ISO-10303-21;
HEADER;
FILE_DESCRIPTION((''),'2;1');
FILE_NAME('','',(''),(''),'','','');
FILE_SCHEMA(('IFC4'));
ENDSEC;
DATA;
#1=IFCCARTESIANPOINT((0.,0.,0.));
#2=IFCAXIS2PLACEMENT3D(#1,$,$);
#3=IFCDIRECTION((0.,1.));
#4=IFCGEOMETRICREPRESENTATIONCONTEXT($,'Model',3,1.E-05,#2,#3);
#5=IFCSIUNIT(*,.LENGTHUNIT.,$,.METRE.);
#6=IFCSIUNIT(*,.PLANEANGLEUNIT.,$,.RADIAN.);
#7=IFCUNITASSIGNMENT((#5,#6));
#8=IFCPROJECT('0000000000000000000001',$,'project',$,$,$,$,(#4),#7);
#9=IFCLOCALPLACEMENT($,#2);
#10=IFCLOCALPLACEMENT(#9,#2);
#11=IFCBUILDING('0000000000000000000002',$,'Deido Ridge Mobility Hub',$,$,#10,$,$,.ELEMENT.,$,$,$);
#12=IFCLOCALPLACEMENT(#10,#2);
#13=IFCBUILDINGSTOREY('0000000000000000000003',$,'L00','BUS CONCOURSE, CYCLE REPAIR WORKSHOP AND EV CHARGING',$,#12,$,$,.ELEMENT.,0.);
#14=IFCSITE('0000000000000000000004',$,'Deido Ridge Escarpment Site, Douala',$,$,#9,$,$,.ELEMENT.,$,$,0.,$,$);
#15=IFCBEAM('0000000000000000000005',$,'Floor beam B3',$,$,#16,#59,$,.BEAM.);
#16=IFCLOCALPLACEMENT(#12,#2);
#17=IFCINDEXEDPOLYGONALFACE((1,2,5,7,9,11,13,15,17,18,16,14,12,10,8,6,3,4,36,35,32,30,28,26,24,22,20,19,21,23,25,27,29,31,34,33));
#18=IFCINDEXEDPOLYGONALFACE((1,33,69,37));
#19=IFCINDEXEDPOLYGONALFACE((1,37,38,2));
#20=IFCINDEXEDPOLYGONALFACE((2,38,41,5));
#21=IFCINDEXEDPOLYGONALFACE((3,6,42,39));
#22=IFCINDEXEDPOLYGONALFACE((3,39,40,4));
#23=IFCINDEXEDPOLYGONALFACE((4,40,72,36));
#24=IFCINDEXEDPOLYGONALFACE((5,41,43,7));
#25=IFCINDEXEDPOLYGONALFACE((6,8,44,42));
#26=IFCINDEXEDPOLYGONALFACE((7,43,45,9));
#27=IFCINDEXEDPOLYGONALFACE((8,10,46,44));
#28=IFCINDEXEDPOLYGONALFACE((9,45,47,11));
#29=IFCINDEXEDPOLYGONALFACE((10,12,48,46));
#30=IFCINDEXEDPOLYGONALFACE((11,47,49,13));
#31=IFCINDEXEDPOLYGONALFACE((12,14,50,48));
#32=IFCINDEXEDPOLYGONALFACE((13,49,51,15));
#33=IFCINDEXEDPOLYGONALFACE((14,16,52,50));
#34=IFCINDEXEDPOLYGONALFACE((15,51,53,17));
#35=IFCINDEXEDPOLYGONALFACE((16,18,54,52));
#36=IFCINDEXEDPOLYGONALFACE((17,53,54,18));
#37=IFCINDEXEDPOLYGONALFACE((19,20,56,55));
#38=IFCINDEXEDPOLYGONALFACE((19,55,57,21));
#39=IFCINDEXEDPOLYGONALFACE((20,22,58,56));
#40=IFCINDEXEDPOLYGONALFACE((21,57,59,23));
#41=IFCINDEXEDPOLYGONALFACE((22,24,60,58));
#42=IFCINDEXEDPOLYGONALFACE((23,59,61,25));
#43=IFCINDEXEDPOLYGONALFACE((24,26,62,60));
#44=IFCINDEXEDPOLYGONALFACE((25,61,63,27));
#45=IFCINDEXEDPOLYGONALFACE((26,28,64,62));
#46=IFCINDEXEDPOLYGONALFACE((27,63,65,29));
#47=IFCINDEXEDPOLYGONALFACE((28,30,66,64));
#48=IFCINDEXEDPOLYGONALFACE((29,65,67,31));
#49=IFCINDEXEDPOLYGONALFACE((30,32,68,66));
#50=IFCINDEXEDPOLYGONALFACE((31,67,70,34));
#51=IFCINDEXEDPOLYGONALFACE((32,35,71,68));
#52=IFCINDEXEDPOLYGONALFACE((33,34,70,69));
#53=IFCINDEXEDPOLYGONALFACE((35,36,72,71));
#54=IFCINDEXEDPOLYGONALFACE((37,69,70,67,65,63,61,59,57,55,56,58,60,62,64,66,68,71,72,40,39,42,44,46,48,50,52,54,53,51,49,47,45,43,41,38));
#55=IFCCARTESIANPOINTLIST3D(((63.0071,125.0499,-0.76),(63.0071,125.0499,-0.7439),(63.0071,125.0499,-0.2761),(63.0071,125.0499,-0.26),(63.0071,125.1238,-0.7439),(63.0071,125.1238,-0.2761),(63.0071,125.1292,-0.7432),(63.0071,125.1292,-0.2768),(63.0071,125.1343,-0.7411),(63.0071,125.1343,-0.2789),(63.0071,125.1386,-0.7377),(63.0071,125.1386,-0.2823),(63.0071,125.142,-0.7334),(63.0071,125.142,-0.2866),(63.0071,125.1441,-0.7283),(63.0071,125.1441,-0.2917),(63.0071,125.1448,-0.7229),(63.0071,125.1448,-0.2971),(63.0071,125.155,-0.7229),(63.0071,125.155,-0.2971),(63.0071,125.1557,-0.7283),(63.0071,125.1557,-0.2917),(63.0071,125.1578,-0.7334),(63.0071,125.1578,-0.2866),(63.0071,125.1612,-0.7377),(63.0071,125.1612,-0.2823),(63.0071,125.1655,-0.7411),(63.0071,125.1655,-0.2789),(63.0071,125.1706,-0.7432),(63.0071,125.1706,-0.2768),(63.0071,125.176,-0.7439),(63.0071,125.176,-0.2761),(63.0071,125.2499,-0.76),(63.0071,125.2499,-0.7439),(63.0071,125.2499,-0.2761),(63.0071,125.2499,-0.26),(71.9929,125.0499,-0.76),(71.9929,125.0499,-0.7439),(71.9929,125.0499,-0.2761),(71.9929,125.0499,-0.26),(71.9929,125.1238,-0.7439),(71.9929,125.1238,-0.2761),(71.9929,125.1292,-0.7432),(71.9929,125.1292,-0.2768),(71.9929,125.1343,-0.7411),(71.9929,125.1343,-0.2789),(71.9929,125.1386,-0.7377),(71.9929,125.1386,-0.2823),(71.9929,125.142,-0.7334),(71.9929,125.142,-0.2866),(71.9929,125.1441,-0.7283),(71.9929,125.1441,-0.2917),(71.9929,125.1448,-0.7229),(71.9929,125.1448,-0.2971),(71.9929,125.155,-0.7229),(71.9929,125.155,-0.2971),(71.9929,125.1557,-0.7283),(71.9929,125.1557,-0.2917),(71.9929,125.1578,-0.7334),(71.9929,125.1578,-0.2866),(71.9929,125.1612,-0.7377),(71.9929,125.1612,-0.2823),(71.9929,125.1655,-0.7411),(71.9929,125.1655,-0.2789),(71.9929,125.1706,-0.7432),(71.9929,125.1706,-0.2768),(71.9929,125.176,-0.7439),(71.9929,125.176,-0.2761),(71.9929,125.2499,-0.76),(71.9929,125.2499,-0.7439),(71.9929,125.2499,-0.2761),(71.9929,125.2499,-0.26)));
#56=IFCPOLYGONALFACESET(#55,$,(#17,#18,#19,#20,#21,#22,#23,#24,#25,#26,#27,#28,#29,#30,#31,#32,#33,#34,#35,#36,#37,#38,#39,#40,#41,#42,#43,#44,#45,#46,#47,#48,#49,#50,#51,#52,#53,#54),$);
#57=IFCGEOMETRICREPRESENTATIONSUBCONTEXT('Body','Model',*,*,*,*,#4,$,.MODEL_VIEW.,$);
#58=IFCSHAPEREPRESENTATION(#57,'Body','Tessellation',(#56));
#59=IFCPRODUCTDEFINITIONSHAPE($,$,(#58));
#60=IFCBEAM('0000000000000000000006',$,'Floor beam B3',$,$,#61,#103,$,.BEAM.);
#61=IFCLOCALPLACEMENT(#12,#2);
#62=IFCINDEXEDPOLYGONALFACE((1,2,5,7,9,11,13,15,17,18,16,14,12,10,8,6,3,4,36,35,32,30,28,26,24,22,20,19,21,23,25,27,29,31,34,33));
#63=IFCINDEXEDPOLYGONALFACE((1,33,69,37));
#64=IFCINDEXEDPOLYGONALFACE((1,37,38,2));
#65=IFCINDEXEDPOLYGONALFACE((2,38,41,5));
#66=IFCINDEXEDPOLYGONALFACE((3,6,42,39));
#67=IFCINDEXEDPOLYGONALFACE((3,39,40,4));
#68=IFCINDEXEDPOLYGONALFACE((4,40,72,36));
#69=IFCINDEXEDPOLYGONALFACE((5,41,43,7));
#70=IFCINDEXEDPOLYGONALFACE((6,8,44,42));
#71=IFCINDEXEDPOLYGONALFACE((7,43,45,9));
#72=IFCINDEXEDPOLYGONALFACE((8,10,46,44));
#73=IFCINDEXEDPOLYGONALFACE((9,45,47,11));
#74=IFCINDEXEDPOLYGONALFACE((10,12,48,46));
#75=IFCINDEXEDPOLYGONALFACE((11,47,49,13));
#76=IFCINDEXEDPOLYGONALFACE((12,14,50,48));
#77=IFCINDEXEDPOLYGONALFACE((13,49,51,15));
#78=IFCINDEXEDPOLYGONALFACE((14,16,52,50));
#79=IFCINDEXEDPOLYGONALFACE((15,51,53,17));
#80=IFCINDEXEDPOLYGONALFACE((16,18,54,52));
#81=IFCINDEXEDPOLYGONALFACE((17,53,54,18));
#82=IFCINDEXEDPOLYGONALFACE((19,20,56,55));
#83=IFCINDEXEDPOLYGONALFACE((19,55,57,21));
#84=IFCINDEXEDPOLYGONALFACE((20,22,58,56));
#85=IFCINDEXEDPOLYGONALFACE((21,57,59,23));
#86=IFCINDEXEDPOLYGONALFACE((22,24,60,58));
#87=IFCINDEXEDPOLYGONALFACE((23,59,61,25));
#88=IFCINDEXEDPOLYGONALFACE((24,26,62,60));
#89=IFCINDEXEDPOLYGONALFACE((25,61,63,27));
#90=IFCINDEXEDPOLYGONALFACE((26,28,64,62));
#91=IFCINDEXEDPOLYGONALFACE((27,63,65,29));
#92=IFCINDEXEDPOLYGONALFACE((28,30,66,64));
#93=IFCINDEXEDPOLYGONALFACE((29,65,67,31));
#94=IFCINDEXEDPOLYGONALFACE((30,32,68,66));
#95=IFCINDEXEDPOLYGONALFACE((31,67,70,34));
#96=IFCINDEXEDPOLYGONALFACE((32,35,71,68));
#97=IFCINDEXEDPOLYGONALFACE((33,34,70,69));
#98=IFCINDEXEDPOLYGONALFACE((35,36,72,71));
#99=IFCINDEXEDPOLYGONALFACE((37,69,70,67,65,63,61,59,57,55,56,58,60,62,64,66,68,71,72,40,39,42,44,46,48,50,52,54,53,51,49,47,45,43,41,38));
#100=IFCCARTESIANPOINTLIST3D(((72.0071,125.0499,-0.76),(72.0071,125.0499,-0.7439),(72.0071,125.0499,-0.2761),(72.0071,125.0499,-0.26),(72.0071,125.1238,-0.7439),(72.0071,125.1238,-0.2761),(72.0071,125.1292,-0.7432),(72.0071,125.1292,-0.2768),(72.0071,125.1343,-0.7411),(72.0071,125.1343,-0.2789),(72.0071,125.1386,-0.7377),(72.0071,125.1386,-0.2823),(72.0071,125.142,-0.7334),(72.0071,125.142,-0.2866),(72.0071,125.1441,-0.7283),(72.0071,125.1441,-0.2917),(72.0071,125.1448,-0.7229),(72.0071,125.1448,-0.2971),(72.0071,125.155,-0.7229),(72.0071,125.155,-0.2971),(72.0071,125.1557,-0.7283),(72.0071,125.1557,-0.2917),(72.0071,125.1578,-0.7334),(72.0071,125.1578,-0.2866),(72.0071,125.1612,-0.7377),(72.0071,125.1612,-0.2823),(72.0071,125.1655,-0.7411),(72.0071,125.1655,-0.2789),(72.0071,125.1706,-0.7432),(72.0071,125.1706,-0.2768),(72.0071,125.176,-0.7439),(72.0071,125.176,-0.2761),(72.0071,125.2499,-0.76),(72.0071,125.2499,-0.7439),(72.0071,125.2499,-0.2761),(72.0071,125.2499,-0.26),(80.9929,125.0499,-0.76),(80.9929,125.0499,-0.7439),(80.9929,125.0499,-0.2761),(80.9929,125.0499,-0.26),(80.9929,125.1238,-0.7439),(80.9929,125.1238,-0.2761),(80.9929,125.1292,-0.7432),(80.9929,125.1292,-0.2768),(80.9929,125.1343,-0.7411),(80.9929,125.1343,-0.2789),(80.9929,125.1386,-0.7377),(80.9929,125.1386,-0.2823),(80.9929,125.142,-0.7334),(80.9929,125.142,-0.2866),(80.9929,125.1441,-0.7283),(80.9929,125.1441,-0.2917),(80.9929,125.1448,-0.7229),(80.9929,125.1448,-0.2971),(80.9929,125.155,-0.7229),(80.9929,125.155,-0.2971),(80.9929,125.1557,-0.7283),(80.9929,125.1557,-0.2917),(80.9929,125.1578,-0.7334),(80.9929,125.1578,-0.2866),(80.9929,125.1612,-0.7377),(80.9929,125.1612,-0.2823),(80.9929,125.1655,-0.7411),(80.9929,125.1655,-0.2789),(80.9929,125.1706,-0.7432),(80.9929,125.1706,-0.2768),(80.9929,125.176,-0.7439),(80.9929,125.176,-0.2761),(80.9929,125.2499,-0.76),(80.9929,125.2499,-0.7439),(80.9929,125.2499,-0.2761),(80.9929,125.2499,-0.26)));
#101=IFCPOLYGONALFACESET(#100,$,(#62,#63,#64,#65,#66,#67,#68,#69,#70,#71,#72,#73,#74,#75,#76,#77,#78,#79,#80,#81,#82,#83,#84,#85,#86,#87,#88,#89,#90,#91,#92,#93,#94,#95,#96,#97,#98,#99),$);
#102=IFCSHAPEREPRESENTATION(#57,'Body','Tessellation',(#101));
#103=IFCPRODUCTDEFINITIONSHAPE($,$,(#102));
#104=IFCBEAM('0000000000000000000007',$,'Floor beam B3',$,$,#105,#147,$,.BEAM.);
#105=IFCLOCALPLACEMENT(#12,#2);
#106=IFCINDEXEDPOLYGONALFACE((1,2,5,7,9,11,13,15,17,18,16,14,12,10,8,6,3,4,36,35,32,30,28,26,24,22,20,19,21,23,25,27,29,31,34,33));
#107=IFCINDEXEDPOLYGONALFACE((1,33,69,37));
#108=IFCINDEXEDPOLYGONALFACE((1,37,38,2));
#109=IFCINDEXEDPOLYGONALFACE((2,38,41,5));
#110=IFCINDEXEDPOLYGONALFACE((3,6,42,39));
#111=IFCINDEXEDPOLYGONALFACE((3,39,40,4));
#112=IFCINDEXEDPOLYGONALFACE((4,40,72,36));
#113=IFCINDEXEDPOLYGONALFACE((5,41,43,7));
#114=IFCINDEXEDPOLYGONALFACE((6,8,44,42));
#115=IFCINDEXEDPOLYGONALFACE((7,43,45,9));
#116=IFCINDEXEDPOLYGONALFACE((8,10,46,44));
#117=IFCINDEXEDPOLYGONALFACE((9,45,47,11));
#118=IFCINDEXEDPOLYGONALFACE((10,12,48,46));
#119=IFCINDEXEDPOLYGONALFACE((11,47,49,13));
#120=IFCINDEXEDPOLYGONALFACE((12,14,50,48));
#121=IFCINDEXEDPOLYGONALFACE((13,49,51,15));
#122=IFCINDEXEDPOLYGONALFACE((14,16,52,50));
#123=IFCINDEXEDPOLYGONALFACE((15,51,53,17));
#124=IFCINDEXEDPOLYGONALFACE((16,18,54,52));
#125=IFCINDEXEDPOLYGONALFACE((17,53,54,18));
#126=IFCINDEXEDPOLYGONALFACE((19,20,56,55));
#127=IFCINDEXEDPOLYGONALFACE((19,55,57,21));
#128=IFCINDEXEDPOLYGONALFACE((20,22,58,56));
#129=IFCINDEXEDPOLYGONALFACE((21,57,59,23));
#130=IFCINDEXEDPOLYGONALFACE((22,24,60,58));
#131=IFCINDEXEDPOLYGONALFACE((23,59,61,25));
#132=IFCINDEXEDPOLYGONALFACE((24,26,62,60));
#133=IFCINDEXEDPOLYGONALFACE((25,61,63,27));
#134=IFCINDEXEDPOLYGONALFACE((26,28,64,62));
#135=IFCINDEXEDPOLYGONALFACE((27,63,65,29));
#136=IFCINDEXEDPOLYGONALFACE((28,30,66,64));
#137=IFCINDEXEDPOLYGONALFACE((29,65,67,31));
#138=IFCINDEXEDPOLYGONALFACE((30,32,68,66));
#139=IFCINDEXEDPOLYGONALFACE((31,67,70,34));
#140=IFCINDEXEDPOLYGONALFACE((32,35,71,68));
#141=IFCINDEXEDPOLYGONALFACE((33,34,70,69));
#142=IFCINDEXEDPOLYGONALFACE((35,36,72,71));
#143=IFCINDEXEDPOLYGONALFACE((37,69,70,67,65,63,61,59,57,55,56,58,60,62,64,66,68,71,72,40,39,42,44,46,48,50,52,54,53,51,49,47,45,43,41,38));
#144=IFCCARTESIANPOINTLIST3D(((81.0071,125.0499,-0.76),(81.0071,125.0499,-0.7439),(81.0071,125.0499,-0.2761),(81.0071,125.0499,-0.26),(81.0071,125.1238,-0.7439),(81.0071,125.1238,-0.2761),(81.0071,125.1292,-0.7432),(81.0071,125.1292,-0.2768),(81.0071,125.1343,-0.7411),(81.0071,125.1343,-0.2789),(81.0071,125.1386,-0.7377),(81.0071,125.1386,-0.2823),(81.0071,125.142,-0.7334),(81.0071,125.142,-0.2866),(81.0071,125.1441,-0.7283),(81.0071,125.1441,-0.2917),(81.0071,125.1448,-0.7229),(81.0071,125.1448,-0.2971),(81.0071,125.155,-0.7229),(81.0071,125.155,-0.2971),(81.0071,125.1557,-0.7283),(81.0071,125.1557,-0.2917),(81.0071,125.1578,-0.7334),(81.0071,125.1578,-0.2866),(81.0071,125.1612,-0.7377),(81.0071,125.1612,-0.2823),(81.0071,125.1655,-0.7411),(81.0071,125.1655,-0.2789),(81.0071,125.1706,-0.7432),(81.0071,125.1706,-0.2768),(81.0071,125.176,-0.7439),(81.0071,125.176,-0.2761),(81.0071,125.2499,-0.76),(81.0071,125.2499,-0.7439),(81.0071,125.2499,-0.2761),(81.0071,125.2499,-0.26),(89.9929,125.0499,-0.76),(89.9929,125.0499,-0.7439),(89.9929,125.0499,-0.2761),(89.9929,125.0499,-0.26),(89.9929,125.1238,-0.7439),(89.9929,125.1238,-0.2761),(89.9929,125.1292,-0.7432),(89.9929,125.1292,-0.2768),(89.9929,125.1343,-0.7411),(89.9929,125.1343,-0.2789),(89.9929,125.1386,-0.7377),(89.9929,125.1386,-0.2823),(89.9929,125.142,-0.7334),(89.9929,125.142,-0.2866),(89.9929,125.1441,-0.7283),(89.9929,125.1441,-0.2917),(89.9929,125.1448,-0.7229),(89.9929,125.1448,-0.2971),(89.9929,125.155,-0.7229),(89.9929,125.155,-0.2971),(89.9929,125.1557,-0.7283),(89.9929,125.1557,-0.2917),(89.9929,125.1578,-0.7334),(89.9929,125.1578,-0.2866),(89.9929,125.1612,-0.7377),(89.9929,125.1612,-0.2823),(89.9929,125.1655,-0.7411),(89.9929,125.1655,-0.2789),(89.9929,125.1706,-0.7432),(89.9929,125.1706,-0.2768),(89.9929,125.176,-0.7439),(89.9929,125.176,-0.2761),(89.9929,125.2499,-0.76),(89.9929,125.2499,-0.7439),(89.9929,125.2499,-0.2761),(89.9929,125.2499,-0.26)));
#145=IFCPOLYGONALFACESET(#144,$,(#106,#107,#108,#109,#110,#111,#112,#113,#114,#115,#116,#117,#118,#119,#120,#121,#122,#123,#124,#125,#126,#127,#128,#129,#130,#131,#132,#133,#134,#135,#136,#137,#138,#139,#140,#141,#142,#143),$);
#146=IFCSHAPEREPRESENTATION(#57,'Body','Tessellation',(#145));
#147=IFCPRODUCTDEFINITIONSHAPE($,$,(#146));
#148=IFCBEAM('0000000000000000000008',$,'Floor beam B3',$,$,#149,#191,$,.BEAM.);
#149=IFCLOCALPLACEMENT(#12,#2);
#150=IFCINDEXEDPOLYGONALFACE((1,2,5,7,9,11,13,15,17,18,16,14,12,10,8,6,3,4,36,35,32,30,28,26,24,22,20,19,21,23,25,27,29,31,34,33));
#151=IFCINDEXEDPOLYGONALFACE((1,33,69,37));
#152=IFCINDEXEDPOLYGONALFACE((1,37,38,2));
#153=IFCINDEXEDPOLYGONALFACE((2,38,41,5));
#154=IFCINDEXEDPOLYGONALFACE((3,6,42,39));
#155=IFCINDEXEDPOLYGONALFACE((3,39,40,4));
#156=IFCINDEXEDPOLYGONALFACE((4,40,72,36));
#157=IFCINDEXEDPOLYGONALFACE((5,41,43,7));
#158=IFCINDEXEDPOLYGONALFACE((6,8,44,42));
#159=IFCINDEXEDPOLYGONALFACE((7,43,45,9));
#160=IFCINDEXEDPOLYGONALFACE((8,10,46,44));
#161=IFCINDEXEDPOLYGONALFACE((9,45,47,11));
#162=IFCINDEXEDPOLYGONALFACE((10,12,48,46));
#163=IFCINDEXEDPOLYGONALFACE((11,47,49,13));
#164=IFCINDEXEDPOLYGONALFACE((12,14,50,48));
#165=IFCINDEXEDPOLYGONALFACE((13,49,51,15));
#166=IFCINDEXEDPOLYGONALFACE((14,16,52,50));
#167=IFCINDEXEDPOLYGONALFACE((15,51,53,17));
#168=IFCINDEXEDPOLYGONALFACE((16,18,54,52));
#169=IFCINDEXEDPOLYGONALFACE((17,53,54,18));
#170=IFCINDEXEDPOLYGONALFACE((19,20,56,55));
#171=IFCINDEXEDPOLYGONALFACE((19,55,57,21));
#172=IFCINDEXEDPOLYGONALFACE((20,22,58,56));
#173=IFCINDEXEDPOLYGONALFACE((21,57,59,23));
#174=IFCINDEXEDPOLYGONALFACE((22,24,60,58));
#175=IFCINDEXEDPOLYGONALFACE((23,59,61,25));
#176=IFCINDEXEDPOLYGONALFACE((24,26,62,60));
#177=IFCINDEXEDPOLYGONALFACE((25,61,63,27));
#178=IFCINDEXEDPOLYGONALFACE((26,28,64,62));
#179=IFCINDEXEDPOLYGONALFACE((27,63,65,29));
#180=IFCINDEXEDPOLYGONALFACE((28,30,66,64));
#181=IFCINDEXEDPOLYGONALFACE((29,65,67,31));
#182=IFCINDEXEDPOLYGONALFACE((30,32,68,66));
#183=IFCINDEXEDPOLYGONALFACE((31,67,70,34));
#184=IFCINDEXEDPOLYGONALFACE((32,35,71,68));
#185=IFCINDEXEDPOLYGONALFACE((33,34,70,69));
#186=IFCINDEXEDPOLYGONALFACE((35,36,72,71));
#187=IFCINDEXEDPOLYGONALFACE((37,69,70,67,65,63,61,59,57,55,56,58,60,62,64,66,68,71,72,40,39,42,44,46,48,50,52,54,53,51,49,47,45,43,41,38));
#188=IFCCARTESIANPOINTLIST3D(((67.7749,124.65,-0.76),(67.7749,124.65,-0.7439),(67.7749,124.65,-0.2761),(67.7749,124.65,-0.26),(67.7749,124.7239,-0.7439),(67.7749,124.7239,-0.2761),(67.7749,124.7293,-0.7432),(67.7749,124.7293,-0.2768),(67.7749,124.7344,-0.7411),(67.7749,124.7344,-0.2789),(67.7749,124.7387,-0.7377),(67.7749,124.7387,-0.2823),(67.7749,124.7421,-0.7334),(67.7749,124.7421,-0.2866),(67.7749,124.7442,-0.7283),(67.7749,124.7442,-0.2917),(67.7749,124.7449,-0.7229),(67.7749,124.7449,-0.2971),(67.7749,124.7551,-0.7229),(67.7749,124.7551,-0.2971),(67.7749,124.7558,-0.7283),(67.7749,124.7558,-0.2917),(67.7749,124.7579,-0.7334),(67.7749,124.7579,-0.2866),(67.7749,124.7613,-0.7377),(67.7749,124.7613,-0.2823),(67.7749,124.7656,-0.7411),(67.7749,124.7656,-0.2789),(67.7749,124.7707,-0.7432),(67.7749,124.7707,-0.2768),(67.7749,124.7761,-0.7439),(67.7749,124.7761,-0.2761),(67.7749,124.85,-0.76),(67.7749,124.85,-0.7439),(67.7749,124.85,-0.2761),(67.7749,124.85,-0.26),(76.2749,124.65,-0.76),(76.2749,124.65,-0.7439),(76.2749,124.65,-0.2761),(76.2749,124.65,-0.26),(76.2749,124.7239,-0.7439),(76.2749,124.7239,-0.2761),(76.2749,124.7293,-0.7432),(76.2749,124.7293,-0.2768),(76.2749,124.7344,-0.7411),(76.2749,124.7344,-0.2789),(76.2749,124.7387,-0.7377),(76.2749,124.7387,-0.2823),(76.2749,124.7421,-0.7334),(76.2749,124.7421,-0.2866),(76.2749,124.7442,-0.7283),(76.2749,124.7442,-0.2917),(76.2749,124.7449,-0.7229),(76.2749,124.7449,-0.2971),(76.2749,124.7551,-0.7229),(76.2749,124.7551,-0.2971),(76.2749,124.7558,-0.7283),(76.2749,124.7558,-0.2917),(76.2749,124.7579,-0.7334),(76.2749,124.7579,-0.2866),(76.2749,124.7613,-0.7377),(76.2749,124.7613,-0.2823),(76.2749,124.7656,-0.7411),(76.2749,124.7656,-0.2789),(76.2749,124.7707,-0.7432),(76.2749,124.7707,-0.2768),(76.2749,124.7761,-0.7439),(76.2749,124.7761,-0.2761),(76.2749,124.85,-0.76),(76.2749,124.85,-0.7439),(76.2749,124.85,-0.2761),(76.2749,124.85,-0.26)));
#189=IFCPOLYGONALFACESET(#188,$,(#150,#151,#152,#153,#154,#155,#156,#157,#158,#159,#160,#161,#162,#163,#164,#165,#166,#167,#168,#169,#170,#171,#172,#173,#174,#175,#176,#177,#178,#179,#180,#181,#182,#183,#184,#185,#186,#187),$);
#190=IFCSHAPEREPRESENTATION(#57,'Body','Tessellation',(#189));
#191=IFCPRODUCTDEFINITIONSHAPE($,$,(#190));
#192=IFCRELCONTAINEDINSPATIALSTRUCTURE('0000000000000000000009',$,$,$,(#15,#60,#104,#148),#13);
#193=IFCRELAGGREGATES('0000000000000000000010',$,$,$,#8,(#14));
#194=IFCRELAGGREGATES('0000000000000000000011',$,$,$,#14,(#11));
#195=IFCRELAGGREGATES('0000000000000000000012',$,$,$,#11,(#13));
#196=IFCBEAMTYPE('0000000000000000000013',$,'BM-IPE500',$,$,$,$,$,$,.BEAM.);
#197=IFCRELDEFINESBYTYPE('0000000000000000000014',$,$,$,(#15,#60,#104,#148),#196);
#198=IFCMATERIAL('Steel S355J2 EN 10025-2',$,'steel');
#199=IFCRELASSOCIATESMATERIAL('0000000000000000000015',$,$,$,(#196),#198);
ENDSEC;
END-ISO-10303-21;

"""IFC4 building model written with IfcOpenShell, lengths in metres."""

from ifc_helpers import new_model, si_unit, direction, frame, origin, origin_2d, place, context, subcontext, project, spatial, i_section, extrude, material, material_profile, profile_set, type_object, element, save


model = new_model("IFC4")

# Units and contexts
model_context = context("Model", 3, precision=1e-05, world=origin(), true_north=direction((0.0, 1.0)))
body_context = subcontext(model_context, "Body", "Model", "MODEL_VIEW")
ifc_project = project(units=[si_unit("LENGTHUNIT", "METRE"), si_unit("PLANEANGLEUNIT", "RADIAN")], contexts=[model_context])

# Site, building, storey
site_placement = place(None, origin())
site = spatial("IfcSite", under=ifc_project, at=site_placement, Name="Deido Ridge Escarpment Site, Douala", CompositionType="ELEMENT", RefElevation=0.0)
building_placement = place(site_placement, origin())
building = spatial("IfcBuilding", under=site, at=building_placement, Name="Deido Ridge Mobility Hub", CompositionType="ELEMENT")
storey_placement = place(building_placement, origin())
storey = spatial("IfcBuildingStorey", under=building, at=storey_placement, Name="L00", Description="BUS CONCOURSE, CYCLE REPAIR WORKSHOP AND EV CHARGING", CompositionType="ELEMENT", Elevation=0.0)

# Shared definitions
ifc_material_1 = material(Name="Steel S355J2 EN 10025-2", Category="steel")

# Beams
ifc_material_profile_1 = material_profile(ifc_material_1, i_section(OverallWidth=0.2, OverallDepth=0.5, WebThickness=0.0103, FlangeThickness=0.0161, FilletRadius=0.021, at=origin_2d()), Name="IPE 500")
ifc_profile_set_1 = profile_set([ifc_material_profile_1], Name="Steel S355J2 EN 10025-2")
beam_type_1 = type_object("IfcBeamType", Name="BM-IPE500", PredefinedType="BEAM", material=ifc_profile_set_1)
for number, where, z_axis, x_axis, name in (
    (1, (63.0071, 125.1499, -0.51), (1.0, 0.0, 0.0), (0.0, 1.0, 0.0), "Floor beam B3"),
    (2, (72.0071, 125.1499, -0.51), (1.0, 0.0, 0.0), (0.0, 1.0, 0.0), "Floor beam B3"),
    (3, (81.0071, 125.1499, -0.51), (1.0, 0.0, 0.0), (0.0, 1.0, 0.0), "Floor beam B3"),
):
    element("IfcBeam", number, at=place(storey_placement, frame(where, z_axis=z_axis, x_axis=x_axis)), inside=storey, type_object=beam_type_1, Name=name, PredefinedType="BEAM", context=body_context, shape_type="SweptSolid", body=[
        extrude(i_section(OverallWidth=0.2, OverallDepth=0.5, WebThickness=0.0103, FlangeThickness=0.0161, FilletRadius=0.021, at=origin_2d()), origin(), (0.0, 0.0, 1.0), 8.9858),
    ])
for number, where, z_axis, x_axis, name in (
    (4, (67.7749, 124.75, -0.51), (1.0, 0.0, 0.0), (0.0, 1.0, 0.0), "Floor beam B3"),
):
    element("IfcBeam", number, at=place(storey_placement, frame(where, z_axis=z_axis, x_axis=x_axis)), inside=storey, type_object=beam_type_1, Name=name, PredefinedType="BEAM", context=body_context, shape_type="SweptSolid", body=[
        extrude(i_section(OverallWidth=0.2, OverallDepth=0.5, WebThickness=0.0103, FlangeThickness=0.0161, FilletRadius=0.021, at=origin_2d()), origin(), (0.0, 0.0, 1.0), 8.5),
    ])

save(model, "model.ifc")
